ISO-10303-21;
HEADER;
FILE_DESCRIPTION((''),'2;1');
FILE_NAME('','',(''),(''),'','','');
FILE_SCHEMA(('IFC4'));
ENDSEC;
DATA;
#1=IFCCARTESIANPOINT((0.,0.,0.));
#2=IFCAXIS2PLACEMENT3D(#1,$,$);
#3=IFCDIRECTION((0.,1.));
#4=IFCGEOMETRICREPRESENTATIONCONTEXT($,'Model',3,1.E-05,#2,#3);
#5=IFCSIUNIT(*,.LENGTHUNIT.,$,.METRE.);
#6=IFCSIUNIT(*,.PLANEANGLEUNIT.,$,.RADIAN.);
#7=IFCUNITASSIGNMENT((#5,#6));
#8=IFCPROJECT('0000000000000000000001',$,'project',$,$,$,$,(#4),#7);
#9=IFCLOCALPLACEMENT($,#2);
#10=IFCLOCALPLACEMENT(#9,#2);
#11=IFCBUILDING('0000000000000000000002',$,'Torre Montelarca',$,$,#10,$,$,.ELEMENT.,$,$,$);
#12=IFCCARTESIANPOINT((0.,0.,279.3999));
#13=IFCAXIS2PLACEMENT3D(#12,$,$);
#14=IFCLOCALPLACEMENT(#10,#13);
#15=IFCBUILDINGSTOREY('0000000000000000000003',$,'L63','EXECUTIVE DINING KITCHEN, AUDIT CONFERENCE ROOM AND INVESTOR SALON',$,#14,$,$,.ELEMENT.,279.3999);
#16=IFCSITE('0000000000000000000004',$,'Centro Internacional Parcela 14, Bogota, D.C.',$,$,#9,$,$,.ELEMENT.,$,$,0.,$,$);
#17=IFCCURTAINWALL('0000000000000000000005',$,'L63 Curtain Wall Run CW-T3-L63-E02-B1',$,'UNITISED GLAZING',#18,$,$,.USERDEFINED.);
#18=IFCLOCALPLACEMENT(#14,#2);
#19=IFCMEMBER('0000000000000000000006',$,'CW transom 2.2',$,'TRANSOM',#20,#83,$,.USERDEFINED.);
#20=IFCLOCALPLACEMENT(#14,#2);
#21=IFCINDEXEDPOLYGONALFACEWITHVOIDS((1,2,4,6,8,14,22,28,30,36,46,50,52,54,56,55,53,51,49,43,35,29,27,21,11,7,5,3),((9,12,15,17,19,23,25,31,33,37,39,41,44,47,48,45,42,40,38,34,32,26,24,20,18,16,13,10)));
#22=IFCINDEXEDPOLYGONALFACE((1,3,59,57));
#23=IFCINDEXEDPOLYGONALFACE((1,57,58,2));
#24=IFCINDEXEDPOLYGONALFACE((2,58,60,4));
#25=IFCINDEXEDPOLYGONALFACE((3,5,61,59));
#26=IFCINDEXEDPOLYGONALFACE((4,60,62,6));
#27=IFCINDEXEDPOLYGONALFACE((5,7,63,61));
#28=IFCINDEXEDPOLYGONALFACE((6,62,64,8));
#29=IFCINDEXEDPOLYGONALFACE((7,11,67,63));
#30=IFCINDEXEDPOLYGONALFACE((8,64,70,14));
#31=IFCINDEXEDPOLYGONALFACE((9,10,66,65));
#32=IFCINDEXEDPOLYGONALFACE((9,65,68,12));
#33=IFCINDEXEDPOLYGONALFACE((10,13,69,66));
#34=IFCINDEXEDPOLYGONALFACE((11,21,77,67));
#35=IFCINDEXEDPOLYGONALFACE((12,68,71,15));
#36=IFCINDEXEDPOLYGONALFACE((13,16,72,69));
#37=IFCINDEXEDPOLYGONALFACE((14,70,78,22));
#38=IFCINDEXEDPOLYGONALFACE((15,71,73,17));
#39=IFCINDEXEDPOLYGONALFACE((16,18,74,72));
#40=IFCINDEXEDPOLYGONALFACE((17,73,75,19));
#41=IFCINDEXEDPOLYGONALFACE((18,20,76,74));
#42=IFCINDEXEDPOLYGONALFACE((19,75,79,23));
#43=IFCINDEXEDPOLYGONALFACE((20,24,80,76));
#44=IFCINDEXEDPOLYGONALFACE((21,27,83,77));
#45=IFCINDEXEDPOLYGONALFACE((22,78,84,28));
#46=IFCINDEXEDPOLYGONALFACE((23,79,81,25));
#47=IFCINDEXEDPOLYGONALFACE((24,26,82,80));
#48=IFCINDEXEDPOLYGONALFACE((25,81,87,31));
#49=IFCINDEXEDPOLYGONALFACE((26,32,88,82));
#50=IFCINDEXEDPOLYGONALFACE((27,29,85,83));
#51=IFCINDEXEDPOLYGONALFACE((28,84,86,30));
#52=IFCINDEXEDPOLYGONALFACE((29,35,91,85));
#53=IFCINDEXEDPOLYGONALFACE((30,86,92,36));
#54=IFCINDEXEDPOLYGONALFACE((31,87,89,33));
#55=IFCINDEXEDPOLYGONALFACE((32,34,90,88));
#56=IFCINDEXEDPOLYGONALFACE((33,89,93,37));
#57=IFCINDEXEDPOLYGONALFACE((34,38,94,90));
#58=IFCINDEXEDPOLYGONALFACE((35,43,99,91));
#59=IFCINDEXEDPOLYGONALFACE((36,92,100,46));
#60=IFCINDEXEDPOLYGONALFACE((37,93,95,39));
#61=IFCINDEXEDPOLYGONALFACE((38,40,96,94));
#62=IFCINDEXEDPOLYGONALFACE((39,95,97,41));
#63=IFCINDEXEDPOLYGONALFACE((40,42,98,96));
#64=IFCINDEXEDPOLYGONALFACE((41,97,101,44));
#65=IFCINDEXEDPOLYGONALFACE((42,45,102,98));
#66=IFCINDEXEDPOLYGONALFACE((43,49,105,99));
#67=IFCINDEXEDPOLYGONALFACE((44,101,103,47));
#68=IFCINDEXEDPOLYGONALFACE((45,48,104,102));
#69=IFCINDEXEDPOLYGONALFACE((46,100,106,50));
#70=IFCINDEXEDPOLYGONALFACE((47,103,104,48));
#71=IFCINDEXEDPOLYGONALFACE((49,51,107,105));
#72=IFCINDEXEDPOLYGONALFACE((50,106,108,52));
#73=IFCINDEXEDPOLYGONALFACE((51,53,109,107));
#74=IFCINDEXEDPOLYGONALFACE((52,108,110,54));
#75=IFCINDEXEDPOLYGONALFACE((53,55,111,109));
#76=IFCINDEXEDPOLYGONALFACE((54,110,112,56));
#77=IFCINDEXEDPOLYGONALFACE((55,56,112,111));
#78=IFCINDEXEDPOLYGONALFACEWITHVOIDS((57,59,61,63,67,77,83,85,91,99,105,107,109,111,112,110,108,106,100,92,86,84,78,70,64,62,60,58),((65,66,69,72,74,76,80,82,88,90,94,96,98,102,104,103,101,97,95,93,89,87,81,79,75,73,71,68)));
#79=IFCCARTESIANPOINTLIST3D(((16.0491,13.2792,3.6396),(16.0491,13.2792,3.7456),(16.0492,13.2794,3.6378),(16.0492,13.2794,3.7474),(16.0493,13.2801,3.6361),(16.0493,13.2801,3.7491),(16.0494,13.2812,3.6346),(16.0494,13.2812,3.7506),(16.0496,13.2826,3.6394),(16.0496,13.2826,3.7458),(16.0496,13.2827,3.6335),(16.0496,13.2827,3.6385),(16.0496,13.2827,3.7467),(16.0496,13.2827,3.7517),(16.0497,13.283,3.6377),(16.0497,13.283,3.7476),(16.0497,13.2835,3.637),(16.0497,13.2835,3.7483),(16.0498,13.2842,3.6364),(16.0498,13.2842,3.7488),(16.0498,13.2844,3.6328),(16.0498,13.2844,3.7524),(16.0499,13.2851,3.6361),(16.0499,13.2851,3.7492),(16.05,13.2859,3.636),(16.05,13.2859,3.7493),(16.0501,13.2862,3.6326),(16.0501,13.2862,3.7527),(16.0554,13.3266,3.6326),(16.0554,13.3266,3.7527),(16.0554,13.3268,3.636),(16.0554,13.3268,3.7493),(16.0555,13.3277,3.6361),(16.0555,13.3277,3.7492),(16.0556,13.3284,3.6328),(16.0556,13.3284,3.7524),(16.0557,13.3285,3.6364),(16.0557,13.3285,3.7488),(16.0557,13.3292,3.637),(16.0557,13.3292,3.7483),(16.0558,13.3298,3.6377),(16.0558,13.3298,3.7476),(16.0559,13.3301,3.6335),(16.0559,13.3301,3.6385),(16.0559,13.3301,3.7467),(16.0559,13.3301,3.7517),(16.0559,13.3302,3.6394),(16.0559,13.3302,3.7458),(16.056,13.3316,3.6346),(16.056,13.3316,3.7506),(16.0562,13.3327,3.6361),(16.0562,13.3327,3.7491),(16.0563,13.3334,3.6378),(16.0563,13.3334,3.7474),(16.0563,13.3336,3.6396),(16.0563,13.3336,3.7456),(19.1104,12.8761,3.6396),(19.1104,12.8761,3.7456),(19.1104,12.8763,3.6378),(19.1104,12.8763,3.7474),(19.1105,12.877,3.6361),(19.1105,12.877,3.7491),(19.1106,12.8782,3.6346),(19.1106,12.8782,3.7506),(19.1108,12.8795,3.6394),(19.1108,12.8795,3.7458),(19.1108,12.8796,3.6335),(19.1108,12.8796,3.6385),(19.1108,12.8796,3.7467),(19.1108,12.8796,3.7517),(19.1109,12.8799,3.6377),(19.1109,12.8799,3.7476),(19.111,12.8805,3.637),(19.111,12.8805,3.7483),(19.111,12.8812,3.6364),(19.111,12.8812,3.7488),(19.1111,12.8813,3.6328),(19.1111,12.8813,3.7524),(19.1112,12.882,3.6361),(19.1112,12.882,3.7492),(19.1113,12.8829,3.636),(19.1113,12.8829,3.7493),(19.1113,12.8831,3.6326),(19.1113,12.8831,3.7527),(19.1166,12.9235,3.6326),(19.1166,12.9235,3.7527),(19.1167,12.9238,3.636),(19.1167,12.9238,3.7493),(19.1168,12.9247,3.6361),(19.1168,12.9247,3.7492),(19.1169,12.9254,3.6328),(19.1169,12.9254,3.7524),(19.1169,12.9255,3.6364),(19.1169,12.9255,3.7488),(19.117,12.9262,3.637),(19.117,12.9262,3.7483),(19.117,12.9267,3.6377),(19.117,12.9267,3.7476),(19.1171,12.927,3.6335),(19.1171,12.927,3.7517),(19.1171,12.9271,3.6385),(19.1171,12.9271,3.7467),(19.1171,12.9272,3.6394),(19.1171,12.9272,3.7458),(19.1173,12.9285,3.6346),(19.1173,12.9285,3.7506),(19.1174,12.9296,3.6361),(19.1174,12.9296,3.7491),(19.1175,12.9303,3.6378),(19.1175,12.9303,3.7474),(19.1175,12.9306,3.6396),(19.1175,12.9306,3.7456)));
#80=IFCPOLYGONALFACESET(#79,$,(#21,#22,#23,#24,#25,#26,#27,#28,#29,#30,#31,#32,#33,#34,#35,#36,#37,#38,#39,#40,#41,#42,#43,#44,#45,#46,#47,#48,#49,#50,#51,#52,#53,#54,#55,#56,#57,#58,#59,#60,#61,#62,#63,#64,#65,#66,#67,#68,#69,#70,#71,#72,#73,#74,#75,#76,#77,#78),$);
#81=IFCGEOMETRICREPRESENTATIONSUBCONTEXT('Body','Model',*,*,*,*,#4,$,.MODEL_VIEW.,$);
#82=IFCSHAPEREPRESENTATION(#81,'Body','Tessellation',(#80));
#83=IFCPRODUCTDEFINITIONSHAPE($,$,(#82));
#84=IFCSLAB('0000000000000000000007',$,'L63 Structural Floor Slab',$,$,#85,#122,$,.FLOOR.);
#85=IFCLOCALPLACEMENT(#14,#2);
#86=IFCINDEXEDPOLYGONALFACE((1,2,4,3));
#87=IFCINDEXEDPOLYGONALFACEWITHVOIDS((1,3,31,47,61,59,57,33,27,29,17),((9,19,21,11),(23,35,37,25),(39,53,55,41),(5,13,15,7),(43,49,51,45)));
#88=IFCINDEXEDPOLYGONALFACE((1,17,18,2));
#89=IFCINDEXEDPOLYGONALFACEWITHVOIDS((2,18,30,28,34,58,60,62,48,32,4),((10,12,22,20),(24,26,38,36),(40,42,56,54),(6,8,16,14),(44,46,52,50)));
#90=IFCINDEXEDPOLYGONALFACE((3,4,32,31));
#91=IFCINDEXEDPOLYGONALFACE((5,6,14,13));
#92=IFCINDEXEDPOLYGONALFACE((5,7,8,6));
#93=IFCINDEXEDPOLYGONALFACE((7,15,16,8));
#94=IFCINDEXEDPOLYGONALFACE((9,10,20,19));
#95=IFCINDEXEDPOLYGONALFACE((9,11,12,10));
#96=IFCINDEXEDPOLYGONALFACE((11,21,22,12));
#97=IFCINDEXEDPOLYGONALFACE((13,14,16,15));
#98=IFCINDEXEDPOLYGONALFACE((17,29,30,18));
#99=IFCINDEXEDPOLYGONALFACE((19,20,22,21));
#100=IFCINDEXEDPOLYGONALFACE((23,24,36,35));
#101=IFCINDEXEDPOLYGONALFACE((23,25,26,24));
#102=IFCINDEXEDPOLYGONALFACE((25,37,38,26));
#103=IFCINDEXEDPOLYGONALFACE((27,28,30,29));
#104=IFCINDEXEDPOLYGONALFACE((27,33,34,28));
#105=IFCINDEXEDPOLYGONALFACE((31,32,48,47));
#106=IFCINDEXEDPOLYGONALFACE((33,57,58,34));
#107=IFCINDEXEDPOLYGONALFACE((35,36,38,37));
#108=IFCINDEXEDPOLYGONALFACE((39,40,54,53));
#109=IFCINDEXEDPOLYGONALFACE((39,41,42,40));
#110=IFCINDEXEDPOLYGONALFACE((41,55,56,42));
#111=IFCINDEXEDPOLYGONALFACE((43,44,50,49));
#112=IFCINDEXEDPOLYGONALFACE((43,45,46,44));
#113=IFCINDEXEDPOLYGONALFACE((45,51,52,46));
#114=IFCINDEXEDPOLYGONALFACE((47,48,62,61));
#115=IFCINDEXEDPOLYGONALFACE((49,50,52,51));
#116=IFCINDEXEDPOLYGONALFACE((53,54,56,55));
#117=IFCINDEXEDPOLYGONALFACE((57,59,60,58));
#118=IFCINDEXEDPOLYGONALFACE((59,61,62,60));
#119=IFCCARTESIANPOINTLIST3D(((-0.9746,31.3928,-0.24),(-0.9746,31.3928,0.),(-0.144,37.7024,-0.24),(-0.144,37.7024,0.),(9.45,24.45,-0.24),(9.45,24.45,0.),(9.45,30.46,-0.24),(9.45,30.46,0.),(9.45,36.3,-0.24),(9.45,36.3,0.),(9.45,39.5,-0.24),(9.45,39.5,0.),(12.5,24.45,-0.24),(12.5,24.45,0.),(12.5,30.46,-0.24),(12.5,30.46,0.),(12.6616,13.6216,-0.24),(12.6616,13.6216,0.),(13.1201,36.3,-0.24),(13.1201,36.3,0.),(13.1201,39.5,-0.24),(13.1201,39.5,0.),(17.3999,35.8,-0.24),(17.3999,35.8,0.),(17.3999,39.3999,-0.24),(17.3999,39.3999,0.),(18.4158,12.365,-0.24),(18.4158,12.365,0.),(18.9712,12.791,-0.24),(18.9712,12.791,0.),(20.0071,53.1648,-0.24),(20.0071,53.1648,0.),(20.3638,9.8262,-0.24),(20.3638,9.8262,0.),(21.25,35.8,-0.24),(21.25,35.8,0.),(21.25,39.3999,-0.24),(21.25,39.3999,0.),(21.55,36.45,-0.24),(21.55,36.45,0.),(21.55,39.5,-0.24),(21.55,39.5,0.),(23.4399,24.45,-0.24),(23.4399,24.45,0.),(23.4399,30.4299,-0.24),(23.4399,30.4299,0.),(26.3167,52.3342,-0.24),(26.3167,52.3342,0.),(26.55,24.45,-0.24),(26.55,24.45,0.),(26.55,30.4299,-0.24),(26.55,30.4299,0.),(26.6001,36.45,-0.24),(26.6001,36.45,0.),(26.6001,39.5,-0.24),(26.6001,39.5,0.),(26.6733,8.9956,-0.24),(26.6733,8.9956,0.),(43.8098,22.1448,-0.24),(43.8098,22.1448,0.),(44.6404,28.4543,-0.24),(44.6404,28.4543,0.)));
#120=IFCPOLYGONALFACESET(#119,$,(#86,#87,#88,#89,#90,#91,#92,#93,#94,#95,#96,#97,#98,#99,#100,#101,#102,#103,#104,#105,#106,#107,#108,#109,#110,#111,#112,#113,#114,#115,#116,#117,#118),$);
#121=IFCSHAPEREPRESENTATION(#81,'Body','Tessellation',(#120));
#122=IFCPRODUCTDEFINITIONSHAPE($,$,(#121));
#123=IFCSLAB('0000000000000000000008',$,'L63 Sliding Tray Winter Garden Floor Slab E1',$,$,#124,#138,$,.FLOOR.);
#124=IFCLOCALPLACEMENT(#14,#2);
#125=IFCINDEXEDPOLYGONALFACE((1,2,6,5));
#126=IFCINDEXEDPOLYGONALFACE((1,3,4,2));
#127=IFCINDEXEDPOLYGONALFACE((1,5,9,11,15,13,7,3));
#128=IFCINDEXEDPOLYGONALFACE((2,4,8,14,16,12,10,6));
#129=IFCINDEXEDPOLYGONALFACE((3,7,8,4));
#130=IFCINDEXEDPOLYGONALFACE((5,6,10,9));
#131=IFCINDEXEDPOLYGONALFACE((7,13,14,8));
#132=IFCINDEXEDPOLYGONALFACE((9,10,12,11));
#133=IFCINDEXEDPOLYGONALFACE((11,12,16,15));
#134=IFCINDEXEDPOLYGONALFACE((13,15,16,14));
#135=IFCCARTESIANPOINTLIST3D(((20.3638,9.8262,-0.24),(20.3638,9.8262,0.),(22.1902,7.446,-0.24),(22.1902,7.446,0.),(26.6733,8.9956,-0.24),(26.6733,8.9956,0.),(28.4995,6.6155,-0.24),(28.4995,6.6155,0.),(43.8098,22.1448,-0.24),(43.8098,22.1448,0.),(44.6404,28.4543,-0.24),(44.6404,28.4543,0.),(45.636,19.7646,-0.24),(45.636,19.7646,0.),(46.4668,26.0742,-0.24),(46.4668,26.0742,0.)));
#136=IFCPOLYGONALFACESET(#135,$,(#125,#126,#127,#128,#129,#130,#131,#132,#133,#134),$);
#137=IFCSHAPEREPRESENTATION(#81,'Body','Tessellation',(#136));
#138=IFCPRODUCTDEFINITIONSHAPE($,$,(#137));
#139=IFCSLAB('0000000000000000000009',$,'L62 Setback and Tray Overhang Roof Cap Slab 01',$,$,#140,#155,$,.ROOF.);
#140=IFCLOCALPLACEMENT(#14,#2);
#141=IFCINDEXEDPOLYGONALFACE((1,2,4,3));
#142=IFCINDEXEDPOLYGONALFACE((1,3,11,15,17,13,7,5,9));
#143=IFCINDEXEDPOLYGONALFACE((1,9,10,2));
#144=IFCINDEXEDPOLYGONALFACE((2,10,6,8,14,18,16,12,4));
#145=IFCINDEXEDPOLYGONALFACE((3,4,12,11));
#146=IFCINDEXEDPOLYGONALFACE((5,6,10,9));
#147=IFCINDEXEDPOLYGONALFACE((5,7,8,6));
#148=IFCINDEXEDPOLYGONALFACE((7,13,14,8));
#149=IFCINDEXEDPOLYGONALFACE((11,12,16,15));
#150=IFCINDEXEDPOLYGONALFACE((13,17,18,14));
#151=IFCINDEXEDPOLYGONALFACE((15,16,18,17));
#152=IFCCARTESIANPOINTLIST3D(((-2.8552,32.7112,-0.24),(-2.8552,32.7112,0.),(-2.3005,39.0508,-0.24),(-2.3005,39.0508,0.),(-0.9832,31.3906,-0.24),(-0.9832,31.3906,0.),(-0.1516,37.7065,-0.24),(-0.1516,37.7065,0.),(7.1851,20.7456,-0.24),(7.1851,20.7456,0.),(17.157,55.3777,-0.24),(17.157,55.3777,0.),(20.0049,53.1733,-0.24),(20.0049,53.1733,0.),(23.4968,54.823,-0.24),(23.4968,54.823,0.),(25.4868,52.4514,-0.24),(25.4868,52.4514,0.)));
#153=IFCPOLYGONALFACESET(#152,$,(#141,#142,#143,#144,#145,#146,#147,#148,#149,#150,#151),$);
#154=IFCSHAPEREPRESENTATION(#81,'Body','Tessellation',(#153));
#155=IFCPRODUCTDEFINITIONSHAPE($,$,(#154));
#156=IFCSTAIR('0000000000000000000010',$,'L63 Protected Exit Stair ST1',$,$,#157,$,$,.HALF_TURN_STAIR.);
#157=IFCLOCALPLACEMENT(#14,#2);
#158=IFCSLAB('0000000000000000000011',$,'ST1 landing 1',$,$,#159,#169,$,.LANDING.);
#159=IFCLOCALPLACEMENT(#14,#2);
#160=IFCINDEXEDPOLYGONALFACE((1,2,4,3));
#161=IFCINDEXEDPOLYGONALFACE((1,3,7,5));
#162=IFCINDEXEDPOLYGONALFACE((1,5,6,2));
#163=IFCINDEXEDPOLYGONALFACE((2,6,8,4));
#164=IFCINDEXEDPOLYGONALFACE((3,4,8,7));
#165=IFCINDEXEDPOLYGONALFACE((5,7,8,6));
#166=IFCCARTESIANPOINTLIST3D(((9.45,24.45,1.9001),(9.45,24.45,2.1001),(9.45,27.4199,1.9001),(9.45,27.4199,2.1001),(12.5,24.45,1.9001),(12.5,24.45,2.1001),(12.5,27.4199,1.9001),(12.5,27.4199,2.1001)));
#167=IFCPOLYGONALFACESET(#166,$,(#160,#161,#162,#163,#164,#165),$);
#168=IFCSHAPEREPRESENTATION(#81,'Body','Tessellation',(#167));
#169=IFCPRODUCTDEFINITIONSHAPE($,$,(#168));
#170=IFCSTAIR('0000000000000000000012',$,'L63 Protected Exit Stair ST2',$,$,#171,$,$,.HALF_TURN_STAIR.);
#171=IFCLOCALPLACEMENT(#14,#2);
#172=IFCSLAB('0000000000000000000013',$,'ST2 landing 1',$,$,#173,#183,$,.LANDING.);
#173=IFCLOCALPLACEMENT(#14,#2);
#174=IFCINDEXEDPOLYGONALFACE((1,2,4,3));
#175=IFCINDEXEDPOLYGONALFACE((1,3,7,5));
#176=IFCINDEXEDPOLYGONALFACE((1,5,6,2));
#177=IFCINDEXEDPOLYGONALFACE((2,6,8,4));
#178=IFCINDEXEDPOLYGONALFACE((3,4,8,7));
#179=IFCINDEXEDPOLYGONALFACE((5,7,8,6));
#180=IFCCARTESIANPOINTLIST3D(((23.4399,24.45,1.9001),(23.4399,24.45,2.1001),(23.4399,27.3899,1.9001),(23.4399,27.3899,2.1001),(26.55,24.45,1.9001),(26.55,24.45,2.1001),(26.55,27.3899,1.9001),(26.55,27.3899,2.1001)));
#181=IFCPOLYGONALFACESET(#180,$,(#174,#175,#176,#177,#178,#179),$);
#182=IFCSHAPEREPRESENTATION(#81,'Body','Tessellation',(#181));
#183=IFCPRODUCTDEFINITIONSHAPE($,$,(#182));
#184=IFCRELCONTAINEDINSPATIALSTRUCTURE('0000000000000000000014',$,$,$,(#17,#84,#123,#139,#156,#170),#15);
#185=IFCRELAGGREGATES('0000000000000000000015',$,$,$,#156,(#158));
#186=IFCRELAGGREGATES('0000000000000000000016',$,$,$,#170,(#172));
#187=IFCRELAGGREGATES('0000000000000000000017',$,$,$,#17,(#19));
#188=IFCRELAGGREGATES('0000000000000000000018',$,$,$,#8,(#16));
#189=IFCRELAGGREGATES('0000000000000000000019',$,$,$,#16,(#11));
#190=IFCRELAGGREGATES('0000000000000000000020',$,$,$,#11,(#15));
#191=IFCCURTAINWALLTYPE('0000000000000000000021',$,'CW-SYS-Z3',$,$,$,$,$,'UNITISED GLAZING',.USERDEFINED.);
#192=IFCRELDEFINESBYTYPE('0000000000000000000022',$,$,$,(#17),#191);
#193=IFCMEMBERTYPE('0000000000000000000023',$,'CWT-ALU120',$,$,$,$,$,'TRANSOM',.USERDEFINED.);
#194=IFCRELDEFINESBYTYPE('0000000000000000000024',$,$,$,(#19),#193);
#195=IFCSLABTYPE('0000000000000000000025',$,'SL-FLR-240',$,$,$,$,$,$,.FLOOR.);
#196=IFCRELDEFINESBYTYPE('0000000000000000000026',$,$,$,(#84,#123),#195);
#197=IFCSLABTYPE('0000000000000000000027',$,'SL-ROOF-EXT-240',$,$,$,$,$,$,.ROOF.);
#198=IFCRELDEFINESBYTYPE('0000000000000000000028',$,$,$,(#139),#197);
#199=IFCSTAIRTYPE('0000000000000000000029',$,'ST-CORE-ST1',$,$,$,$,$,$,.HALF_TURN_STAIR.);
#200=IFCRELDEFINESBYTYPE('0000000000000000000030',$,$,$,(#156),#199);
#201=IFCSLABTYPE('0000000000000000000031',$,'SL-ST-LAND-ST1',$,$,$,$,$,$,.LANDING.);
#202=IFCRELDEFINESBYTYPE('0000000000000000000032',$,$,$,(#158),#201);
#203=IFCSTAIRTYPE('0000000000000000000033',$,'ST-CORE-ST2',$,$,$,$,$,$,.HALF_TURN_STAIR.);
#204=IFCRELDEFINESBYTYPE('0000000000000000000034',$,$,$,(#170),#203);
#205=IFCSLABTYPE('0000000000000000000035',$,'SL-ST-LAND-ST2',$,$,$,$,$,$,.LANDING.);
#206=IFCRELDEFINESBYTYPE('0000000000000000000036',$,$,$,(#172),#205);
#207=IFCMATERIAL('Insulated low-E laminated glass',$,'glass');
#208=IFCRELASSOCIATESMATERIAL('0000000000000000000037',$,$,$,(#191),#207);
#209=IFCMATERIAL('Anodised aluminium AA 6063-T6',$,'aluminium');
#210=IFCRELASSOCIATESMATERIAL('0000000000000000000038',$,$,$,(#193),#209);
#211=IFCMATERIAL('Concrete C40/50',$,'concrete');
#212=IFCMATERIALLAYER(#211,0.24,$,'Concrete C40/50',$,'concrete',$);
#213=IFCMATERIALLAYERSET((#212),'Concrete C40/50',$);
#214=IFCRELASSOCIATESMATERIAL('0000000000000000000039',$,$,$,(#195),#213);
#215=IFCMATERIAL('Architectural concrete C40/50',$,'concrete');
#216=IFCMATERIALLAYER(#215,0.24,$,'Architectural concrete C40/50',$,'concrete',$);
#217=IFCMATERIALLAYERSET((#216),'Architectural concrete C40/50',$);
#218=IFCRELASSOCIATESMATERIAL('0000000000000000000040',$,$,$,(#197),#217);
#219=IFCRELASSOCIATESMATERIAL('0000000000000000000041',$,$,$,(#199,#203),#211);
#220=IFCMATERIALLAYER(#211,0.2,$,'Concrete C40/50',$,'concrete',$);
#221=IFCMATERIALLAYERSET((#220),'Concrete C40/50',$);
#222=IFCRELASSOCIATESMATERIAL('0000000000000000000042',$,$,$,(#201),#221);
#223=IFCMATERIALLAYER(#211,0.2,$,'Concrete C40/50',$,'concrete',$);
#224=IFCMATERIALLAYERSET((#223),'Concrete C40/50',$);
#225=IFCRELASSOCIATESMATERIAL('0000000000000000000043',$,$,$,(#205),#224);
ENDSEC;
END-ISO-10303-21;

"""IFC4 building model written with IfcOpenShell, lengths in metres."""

from ifc_helpers import new_model, si_unit, direction, frame, origin, origin_2d, place, context, subcontext, project, spatial, polyline, hollow_rectangle, outline, extrude, source, transform, mapped, material, layer, layer_set, material_profile, profile_set, type_object, element, aggregate, save


model = new_model("IFC4")

# Units and contexts
model_context = context("Model", 3, precision=1e-05, world=origin(), true_north=direction((0.0, 1.0)))
body_context = subcontext(model_context, "Body", "Model", "MODEL_VIEW")
ifc_project = project(units=[si_unit("LENGTHUNIT", "METRE"), si_unit("PLANEANGLEUNIT", "RADIAN")], contexts=[model_context])

# Site, building, storey
site_placement = place(None, origin())
site = spatial("IfcSite", under=ifc_project, at=site_placement, Name="Centro Internacional Parcela 14, Bogota, D.C.", CompositionType="ELEMENT", RefElevation=0.0)
building_placement = place(site_placement, origin())
building = spatial("IfcBuilding", under=site, at=building_placement, Name="Torre Montelarca", CompositionType="ELEMENT")
storey_placement = place(building_placement, frame((0.0, 0.0, 279.3999)))
storey = spatial("IfcBuildingStorey", under=building, at=storey_placement, Name="L63", Description="EXECUTIVE DINING KITCHEN, AUDIT CONFERENCE ROOM AND INVESTOR SALON", CompositionType="ELEMENT", Elevation=279.3999)

# Curtain wall
ifc_material_1 = material(Name="Insulated low-E laminated glass", Category="glass")
curtain_wall_type = type_object("IfcCurtainWallType", Name="CW-SYS-Z3", ElementType="UNITISED GLAZING", PredefinedType="USERDEFINED", material=ifc_material_1)
curtain_wall_1_placement = place(storey_placement, origin())
curtain_wall_1 = element("IfcCurtainWall", 1, at=curtain_wall_1_placement, inside=storey, type_object=curtain_wall_type, Name="L63 Curtain Wall Run CW-T3-L63-E02-B1", ObjectType="UNITISED GLAZING", PredefinedType="USERDEFINED")
ifc_material_2 = material(Name="Anodised aluminium AA 6063-T6", Category="aluminium")
ifc_material_profile_1 = material_profile(ifc_material_2, hollow_rectangle(XDim=0.0549, YDim=0.1201, WallThickness=0.0034, InnerFilletRadius=0.0034, OuterFilletRadius=0.0071, at=origin_2d()), Name="ALU55X120X3.5", Category="aluminium")
ifc_profile_set_1 = profile_set([ifc_material_profile_1], Name="Anodised aluminium AA 6063-T6")
member_type_1 = type_object("IfcMemberType", Name="CWT-ALU120", ElementType="TRANSOM", PredefinedType="USERDEFINED", material=ifc_profile_set_1)

# Member
shared_shape_1 = source(origin(), body_context, "Body", "SweptSolid", [
    extrude(hollow_rectangle(XDim=0.0549, YDim=0.1201, WallThickness=0.0034, InnerFilletRadius=0.0034, OuterFilletRadius=0.0071, at=origin_2d()), origin(), (0.0, 0.0, 1.0), 3.0876),
])
member_1_placement = place(storey_placement, frame((16.0527, 13.3064, 3.6926), z_axis=(0.991443, -0.130542, 0.0), x_axis=(0.130542, 0.991443, 0.0)))
member_1 = element("IfcMember", 2, at=member_1_placement, type_object=member_type_1, Name="CW transom 2.2", ObjectType="TRANSOM", PredefinedType="USERDEFINED", context=body_context, shape_type="MappedRepresentation", body=[
    mapped(shared_shape_1, transform((0.0, 0.0, 0.0), scale=1.0)),
])

# Slabs
ifc_material_3 = material(Name="Concrete C40/50", Category="concrete")
ifc_layer_1 = layer(ifc_material_3, 0.24, Name="Concrete C40/50", Category="concrete")
ifc_layer_set_1 = layer_set([ifc_layer_1], Name="Concrete C40/50")
slab_type_1 = type_object("IfcSlabType", Name="SL-FLR-240", PredefinedType="FLOOR", material=ifc_layer_set_1)
slab_1_placement = place(storey_placement, frame((0.0, 0.0, -0.24)))
element("IfcSlab", 3, at=slab_1_placement, inside=storey, type_object=slab_type_1, Name="L63 Structural Floor Slab", PredefinedType="FLOOR", context=body_context, shape_type="SweptSolid", body=[
    extrude(outline(polyline([(12.6616, 13.6216), (18.9712, 12.791), (18.4158, 12.365), (20.3638, 9.8262), (26.6733, 8.9956), (43.8098, 22.1448), (44.6404, 28.4543), (26.3167, 52.3342), (20.0071, 53.1648), (-0.144, 37.7024), (-0.9746, 31.3928), (12.6616, 13.6216)]), holes=[polyline([(26.55, 24.45), (23.4399, 24.45), (23.4399, 30.4299), (26.55, 30.4299), (26.55, 24.45)]), polyline([(12.5, 24.45), (9.45, 24.45), (9.45, 30.46), (12.5, 30.46), (12.5, 24.45)]), polyline([(21.25, 39.3999), (21.25, 35.8), (17.3999, 35.8), (17.3999, 39.3999), (21.25, 39.3999)]), polyline([(13.1201, 36.3), (9.45, 36.3), (9.45, 39.5), (13.1201, 39.5), (13.1201, 36.3)]), polyline([(26.6001, 36.45), (21.55, 36.45), (21.55, 39.5), (26.6001, 39.5), (26.6001, 36.45)])]), origin(), (0.0, 0.0, 1.0), 0.24),
])
slab_2_placement = place(storey_placement, frame((0.0, 0.0, -0.24)))
element("IfcSlab", 4, at=slab_2_placement, inside=storey, type_object=slab_type_1, Name="L63 Sliding Tray Winter Garden Floor Slab E1", PredefinedType="FLOOR", context=body_context, shape_type="SweptSolid", body=[
    extrude(outline(polyline([(44.6404, 28.4543), (43.8098, 22.1448), (26.6733, 8.9956), (20.3638, 9.8262), (22.1902, 7.446), (28.4995, 6.6155), (45.636, 19.7646), (46.4668, 26.0742), (44.6404, 28.4543)])), origin(), (0.0, 0.0, 1.0), 0.24),
])
ifc_material_4 = material(Name="Architectural concrete C40/50", Category="concrete")
ifc_layer_2 = layer(ifc_material_4, 0.24, Name="Architectural concrete C40/50", Category="concrete")
ifc_layer_set_2 = layer_set([ifc_layer_2], Name="Architectural concrete C40/50")
slab_type_2 = type_object("IfcSlabType", Name="SL-ROOF-EXT-240", PredefinedType="ROOF", material=ifc_layer_set_2)
slab_3_placement = place(storey_placement, frame((0.0, 0.0, -0.24)))
element("IfcSlab", 5, at=slab_3_placement, inside=storey, type_object=slab_type_2, Name="L62 Setback and Tray Overhang Roof Cap Slab 01", PredefinedType="ROOF", context=body_context, shape_type="SweptSolid", body=[
    extrude(outline(polyline([(-0.9832, 31.3906), (-0.1516, 37.7065), (20.0049, 53.1733), (25.4868, 52.4514), (23.4968, 54.823), (17.157, 55.3777), (-2.3005, 39.0508), (-2.8552, 32.7112), (7.1851, 20.7456), (-0.9832, 31.3906)])), origin(), (0.0, 0.0, 1.0), 0.24),
])

# Stairs, slabs
stair_type_1 = type_object("IfcStairType", Name="ST-CORE-ST1", PredefinedType="HALF_TURN_STAIR", material=ifc_material_3)
stair_1_placement = place(storey_placement, origin())
stair_1 = element("IfcStair", 6, at=stair_1_placement, inside=storey, type_object=stair_type_1, Name="L63 Protected Exit Stair ST1", PredefinedType="HALF_TURN_STAIR")
ifc_layer_3 = layer(ifc_material_3, 0.2, Name="Concrete C40/50", Category="concrete")
ifc_layer_set_3 = layer_set([ifc_layer_3], Name="Concrete C40/50")
slab_type_3 = type_object("IfcSlabType", Name="SL-ST-LAND-ST1", PredefinedType="LANDING", material=ifc_layer_set_3)
slab_4_placement = place(storey_placement, frame((0.0, 0.0, 1.9001)))
slab_4 = element("IfcSlab", 7, at=slab_4_placement, type_object=slab_type_3, Name="ST1 landing 1", PredefinedType="LANDING", context=body_context, shape_type="SweptSolid", body=[
    extrude(outline(polyline([(9.45, 27.4199), (9.45, 24.45), (12.5, 24.45), (12.5, 27.4199), (9.45, 27.4199)])), origin(), (0.0, 0.0, 1.0), 0.2),
])
aggregate(stair_1, [slab_4])
stair_type_2 = type_object("IfcStairType", Name="ST-CORE-ST2", PredefinedType="HALF_TURN_STAIR", material=ifc_material_3)
stair_2_placement = place(storey_placement, origin())
stair_2 = element("IfcStair", 8, at=stair_2_placement, inside=storey, type_object=stair_type_2, Name="L63 Protected Exit Stair ST2", PredefinedType="HALF_TURN_STAIR")
ifc_layer_4 = layer(ifc_material_3, 0.2, Name="Concrete C40/50", Category="concrete")
ifc_layer_set_4 = layer_set([ifc_layer_4], Name="Concrete C40/50")
slab_type_4 = type_object("IfcSlabType", Name="SL-ST-LAND-ST2", PredefinedType="LANDING", material=ifc_layer_set_4)
slab_5_placement = place(storey_placement, frame((0.0, 0.0, 1.9001)))
slab_5 = element("IfcSlab", 9, at=slab_5_placement, type_object=slab_type_4, Name="ST2 landing 1", PredefinedType="LANDING", context=body_context, shape_type="SweptSolid", body=[
    extrude(outline(polyline([(23.4399, 27.3899), (23.4399, 24.45), (26.55, 24.45), (26.55, 27.3899), (23.4399, 27.3899)])), origin(), (0.0, 0.0, 1.0), 0.2),
])
aggregate(stair_2, [slab_5])

aggregate(curtain_wall_1, [member_1])

save(model, "model.ifc")
